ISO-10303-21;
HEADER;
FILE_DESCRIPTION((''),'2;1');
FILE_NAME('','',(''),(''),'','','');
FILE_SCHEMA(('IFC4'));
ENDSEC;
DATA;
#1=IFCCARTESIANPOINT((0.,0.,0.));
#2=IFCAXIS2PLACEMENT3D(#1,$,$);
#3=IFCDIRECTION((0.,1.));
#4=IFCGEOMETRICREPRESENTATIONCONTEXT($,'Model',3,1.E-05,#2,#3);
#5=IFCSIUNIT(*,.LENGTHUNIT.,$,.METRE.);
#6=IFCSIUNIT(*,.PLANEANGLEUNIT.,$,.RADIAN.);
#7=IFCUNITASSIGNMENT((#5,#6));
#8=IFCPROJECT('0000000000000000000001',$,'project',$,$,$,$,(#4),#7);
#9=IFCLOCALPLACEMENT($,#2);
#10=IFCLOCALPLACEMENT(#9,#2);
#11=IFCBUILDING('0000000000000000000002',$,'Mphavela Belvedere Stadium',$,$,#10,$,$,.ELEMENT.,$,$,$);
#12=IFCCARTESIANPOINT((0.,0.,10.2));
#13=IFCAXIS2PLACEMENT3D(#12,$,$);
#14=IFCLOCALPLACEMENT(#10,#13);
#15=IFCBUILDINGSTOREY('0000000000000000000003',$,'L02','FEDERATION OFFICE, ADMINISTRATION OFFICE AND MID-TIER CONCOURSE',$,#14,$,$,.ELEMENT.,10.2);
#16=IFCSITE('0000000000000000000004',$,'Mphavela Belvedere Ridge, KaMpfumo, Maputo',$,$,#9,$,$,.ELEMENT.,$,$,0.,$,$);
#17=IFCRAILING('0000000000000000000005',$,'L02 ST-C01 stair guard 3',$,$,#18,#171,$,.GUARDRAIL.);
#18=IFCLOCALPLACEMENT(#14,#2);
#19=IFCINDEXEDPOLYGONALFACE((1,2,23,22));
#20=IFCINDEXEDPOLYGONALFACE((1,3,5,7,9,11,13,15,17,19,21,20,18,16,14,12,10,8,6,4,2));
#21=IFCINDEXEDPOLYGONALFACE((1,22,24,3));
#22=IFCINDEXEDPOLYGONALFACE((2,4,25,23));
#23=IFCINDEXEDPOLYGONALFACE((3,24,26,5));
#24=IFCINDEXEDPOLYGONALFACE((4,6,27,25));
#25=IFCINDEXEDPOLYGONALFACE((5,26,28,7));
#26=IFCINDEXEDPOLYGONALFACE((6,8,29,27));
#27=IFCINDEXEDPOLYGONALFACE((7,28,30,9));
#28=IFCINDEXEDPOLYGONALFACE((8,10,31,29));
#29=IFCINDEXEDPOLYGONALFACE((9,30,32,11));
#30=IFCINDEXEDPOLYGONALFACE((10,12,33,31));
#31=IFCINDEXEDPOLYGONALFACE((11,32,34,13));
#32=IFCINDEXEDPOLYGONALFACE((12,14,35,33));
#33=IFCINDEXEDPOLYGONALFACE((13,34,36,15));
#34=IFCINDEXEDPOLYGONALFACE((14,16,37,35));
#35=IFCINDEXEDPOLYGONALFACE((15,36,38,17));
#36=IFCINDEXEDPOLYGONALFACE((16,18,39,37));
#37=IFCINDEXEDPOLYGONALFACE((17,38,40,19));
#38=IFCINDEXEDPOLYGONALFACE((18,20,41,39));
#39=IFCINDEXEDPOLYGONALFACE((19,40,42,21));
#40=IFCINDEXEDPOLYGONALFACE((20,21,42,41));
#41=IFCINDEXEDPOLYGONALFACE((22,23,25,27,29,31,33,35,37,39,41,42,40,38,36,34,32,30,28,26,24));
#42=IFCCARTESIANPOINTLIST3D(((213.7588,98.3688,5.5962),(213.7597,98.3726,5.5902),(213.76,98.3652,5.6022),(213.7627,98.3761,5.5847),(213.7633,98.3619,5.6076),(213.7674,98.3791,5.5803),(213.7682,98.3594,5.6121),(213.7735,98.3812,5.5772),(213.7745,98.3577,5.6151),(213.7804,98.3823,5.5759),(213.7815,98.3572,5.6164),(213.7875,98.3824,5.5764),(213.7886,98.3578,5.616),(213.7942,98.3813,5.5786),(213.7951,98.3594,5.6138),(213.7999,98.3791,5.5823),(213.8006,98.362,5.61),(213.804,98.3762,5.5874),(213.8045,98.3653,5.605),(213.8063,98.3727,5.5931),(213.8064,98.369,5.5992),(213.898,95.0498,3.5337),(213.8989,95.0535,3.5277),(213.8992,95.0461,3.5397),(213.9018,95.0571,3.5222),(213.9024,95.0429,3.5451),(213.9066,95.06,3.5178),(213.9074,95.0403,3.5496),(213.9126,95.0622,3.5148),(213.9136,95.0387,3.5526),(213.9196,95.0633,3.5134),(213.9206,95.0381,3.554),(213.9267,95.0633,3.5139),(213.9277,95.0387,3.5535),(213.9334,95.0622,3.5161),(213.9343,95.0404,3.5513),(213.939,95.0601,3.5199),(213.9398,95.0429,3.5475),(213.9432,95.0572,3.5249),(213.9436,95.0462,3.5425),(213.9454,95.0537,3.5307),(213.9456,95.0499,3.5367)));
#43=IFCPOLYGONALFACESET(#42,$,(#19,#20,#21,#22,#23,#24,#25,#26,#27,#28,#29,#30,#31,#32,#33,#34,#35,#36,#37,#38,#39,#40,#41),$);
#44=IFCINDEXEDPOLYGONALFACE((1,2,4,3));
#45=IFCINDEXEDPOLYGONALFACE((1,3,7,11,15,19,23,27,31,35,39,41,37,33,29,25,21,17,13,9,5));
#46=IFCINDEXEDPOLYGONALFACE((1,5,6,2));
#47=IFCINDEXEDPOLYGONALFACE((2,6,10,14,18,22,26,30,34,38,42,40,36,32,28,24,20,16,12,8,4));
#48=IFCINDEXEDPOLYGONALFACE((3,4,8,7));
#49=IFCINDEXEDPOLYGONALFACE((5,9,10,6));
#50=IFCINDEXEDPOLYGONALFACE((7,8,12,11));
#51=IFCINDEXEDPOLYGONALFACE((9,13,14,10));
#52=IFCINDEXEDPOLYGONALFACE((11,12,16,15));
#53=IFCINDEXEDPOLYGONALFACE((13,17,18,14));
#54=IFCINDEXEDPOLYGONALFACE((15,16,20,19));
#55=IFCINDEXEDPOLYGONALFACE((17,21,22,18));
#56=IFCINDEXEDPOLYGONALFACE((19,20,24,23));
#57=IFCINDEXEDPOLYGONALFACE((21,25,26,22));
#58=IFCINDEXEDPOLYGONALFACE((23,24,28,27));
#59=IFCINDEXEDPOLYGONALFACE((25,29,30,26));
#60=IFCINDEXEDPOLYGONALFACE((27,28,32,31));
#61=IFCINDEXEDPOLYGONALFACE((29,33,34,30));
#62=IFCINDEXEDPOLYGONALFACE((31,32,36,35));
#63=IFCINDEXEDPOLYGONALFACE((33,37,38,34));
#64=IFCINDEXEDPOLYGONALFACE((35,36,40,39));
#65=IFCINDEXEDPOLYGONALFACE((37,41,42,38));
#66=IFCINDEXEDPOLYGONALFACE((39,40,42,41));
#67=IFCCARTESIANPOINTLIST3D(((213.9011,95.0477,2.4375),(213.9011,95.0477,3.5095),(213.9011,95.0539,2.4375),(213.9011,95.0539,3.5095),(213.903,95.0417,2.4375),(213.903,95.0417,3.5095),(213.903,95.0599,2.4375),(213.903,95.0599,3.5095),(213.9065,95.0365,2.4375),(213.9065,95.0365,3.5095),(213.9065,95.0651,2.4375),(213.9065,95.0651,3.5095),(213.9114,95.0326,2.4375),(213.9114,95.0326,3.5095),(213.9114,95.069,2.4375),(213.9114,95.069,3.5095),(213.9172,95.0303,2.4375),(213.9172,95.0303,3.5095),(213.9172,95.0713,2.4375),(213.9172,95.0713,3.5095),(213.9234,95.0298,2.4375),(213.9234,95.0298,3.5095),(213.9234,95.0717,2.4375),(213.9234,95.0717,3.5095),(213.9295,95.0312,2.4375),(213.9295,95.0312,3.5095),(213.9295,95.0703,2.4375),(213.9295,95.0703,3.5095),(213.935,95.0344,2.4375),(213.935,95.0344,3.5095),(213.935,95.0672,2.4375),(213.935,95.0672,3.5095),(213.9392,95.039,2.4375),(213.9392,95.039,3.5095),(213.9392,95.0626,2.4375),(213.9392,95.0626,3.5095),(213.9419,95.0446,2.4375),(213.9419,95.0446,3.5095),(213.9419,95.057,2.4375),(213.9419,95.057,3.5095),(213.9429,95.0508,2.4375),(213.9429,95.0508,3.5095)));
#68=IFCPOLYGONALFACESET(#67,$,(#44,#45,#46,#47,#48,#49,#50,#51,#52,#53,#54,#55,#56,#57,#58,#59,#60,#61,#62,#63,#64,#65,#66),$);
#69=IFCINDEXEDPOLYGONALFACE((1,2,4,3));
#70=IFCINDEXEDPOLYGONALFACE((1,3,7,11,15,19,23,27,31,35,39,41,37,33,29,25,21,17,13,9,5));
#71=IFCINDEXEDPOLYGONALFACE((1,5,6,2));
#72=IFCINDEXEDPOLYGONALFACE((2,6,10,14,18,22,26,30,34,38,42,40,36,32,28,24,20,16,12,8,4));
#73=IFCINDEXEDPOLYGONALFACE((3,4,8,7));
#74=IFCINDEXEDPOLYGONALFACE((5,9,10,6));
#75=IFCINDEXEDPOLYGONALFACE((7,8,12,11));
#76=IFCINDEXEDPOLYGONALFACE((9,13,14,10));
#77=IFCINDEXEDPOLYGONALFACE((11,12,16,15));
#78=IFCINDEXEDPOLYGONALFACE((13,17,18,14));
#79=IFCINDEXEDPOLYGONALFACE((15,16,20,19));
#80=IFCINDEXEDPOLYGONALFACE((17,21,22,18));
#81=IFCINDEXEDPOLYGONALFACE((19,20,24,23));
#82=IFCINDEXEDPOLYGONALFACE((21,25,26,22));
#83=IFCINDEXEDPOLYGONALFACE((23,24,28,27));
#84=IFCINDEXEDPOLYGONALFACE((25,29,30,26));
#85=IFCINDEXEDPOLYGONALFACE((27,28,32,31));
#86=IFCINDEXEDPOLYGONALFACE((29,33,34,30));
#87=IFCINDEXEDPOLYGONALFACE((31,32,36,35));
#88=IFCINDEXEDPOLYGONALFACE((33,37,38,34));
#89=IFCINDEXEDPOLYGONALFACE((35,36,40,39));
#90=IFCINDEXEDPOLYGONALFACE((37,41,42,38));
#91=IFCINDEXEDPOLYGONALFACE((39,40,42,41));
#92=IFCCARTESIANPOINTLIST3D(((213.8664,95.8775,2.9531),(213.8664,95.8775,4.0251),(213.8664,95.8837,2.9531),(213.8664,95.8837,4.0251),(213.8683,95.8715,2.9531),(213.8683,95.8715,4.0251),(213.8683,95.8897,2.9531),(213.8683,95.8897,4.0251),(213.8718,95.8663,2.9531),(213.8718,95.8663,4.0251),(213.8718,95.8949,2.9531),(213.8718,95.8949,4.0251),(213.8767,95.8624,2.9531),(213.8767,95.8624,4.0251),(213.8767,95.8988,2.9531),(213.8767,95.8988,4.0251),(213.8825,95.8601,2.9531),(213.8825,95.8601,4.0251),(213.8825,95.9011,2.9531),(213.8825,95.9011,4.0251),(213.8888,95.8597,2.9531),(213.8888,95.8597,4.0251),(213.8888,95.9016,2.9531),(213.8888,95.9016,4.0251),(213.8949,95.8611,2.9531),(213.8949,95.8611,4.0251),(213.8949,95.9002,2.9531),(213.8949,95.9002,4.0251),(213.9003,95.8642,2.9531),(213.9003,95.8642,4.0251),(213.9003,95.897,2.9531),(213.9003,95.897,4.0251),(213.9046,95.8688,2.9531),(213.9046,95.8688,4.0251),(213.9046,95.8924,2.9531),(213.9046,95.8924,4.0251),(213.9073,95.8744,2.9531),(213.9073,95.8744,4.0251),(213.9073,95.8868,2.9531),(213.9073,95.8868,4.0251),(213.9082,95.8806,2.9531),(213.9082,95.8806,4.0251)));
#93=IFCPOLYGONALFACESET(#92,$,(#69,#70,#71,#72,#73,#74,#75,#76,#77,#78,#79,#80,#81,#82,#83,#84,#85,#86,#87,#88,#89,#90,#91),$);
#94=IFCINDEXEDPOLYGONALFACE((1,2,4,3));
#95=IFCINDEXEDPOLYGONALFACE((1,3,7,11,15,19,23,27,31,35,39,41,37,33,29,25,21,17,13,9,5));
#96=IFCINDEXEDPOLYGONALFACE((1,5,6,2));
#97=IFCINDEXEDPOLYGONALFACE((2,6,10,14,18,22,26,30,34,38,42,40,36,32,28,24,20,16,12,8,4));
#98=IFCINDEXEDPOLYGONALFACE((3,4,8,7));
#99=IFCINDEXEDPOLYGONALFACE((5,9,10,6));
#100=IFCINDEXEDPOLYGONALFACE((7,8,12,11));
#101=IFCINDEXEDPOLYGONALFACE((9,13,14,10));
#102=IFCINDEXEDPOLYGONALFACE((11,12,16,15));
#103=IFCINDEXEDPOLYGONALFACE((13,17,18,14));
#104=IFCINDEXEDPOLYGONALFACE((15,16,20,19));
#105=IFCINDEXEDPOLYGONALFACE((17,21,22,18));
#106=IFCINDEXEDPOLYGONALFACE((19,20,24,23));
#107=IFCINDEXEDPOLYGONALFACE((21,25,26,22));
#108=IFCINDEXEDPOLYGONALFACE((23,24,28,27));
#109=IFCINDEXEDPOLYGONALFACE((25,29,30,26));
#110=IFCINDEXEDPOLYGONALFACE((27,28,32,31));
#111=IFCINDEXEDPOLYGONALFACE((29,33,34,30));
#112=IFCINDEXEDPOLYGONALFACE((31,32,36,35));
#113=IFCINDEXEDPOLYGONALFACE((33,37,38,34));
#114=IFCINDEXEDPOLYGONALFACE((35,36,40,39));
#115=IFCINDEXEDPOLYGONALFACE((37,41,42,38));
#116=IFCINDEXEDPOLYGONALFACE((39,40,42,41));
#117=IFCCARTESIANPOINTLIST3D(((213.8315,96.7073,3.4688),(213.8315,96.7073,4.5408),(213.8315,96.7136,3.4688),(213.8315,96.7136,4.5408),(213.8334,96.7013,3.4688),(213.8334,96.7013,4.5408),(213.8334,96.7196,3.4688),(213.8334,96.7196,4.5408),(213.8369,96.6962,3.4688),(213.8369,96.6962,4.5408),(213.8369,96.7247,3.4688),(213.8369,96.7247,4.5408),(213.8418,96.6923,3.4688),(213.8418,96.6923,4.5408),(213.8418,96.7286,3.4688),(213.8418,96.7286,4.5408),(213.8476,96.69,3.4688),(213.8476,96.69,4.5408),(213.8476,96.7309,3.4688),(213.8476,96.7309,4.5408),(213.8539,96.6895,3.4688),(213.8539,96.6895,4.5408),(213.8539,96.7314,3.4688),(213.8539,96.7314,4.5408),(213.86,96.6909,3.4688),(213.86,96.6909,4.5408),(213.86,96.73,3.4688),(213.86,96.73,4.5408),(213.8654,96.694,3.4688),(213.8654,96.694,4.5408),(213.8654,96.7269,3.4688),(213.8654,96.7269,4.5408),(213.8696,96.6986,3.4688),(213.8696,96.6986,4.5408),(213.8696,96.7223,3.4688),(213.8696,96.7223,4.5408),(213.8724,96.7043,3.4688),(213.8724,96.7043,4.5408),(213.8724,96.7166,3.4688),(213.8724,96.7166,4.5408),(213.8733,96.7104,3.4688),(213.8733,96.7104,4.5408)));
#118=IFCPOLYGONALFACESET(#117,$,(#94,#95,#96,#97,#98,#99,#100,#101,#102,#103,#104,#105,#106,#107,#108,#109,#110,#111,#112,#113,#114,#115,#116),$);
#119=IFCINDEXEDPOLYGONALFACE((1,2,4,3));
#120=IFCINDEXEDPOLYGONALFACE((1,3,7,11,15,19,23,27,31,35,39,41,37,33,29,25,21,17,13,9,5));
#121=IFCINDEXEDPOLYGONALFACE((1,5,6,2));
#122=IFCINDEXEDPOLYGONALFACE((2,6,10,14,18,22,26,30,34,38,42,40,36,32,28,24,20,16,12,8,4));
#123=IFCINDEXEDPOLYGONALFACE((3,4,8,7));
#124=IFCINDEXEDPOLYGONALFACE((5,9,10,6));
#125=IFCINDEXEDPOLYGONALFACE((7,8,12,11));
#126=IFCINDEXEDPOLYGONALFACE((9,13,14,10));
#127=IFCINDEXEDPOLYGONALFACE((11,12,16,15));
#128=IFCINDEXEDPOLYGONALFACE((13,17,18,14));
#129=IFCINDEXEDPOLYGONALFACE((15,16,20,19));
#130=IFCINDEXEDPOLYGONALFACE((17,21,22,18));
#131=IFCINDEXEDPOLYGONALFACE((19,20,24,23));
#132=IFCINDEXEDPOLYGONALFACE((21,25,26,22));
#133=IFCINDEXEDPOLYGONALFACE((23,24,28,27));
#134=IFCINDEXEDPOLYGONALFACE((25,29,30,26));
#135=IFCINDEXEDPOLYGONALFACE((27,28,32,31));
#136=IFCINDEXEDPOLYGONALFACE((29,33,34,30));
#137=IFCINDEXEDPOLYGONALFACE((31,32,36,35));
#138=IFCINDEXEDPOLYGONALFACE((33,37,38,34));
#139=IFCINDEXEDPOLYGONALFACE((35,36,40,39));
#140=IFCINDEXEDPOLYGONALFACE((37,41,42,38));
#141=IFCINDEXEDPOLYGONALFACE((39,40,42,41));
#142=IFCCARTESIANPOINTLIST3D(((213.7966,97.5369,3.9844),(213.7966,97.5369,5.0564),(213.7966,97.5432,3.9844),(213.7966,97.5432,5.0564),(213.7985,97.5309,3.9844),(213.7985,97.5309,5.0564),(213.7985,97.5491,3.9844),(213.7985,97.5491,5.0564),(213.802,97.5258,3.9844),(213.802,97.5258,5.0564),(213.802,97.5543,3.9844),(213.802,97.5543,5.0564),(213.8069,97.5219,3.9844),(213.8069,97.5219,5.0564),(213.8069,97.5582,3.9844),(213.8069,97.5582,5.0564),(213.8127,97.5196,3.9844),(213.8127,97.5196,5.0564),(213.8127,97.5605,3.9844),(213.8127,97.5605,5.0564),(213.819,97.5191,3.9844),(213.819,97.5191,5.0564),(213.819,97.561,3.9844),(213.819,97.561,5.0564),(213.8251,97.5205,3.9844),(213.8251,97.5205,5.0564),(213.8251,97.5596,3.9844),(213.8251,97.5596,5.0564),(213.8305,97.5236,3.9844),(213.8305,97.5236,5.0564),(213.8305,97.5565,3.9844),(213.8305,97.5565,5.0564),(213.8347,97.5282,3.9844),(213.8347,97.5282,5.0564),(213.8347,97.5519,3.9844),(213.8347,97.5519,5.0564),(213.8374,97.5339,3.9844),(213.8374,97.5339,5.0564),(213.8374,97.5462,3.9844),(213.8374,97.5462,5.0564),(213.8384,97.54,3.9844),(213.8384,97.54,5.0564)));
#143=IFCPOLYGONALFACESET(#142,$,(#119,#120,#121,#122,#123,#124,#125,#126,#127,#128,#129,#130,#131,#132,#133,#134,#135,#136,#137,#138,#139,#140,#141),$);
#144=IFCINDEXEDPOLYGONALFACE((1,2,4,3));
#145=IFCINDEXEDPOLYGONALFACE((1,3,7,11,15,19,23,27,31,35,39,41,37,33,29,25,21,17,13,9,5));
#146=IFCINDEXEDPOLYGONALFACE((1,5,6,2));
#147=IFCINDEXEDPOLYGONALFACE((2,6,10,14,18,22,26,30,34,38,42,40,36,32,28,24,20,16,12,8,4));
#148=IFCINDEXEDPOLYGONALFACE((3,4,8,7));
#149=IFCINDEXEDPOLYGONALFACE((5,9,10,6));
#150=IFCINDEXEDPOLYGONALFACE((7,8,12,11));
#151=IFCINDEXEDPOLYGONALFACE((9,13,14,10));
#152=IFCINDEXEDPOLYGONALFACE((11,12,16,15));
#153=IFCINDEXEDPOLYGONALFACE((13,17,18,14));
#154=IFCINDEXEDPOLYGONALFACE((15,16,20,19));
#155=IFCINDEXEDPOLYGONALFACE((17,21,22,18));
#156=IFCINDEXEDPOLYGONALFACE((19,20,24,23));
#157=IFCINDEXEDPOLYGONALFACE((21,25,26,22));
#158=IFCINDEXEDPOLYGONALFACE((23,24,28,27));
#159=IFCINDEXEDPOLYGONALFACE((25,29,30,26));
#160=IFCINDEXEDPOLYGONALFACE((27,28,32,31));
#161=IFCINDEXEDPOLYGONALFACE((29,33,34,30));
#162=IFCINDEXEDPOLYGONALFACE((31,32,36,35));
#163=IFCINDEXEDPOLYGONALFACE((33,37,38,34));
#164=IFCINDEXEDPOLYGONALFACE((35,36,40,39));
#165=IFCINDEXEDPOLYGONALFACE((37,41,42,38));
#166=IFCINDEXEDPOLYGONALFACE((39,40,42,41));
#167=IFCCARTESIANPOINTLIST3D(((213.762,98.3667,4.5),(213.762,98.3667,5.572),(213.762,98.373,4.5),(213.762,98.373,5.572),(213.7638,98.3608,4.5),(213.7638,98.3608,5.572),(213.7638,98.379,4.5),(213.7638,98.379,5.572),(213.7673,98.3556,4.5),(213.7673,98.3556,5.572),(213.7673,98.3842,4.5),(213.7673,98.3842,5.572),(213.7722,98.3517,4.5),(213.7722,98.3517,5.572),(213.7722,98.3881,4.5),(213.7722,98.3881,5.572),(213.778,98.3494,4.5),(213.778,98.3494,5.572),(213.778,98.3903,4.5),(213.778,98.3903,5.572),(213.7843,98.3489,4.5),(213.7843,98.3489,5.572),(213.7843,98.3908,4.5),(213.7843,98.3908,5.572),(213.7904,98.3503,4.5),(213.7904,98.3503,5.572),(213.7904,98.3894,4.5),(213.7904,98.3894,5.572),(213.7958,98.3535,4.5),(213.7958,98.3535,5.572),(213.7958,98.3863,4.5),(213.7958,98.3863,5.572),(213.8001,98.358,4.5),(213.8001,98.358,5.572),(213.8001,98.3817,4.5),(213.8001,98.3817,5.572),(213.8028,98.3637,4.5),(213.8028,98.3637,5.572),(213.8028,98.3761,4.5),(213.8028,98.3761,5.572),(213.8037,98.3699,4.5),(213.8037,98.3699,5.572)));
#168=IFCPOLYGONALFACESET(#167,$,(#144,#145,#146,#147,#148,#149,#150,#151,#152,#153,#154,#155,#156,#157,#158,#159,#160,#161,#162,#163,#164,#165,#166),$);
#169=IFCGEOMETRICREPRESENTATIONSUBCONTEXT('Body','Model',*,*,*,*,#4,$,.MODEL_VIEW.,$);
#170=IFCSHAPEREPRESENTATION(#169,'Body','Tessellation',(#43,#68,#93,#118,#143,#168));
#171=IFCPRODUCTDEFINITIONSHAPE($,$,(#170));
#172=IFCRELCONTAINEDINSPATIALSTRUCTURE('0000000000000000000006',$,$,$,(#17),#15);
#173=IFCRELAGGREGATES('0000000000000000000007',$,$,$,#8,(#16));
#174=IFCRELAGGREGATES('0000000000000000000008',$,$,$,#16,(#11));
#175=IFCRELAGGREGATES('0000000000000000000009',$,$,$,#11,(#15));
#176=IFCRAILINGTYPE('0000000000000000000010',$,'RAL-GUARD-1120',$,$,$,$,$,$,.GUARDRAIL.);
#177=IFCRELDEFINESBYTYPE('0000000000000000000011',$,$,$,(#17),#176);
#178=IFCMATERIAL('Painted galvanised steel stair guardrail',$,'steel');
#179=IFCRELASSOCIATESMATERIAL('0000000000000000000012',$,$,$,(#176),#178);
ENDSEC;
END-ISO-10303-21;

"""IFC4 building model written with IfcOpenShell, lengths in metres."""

from ifc_helpers import new_model, si_unit, direction, frame, origin, origin_2d, place, context, subcontext, project, spatial, circle, extrude, material, type_object, element, save


model = new_model("IFC4")

# Units and contexts
model_context = context("Model", 3, precision=1e-05, world=origin(), true_north=direction((0.0, 1.0)))
body_context = subcontext(model_context, "Body", "Model", "MODEL_VIEW")
ifc_project = project(units=[si_unit("LENGTHUNIT", "METRE"), si_unit("PLANEANGLEUNIT", "RADIAN")], contexts=[model_context])

# Site, building, storey
site_placement = place(None, origin())
site = spatial("IfcSite", under=ifc_project, at=site_placement, Name="Mphavela Belvedere Ridge, KaMpfumo, Maputo", CompositionType="ELEMENT", RefElevation=0.0)
building_placement = place(site_placement, origin())
building = spatial("IfcBuilding", under=site, at=building_placement, Name="Mphavela Belvedere Stadium", CompositionType="ELEMENT")
storey_placement = place(building_placement, frame((0.0, 0.0, 10.2)))
storey = spatial("IfcBuildingStorey", under=building, at=storey_placement, Name="L02", Description="FEDERATION OFFICE, ADMINISTRATION OFFICE AND MID-TIER CONCOURSE", CompositionType="ELEMENT", Elevation=10.2)

# Railing
ifc_material_1 = material(Name="Painted galvanised steel stair guardrail", Category="steel")
railing_type_1 = type_object("IfcRailingType", Name="RAL-GUARD-1120", PredefinedType="GUARDRAIL", material=ifc_material_1)
railing_1_placement = place(storey_placement, frame((213.9219, 95.0508, 2.4375)))
element("IfcRailing", 1, at=railing_1_placement, inside=storey, type_object=railing_type_1, Name="L02 ST-C01 stair guard 3", PredefinedType="GUARDRAIL", context=body_context, shape_type="SweptSolid", body=[
    extrude(circle(Radius=0.0239, at=origin_2d()), frame((0.0, 0.0, 1.0962), z_axis=(-0.035589, 0.84883, 0.527467), x_axis=(-0.999122, -0.04189, 0.0)), (0.0, 0.0, 1.0), 3.9102),
    extrude(circle(Radius=0.021, at=origin_2d()), origin(), (0.0, 0.0, 1.0), 1.072),
    extrude(circle(Radius=0.021, at=origin_2d()), frame((-0.0347, 0.8298, 0.5156)), (0.0, 0.0, 1.0), 1.072),
    extrude(circle(Radius=0.021, at=origin_2d()), frame((-0.0696, 1.6597, 1.0312)), (0.0, 0.0, 1.0), 1.072),
    extrude(circle(Radius=0.021, at=origin_2d()), frame((-0.1045, 2.4893, 1.5469)), (0.0, 0.0, 1.0), 1.072),
    extrude(circle(Radius=0.021, at=origin_2d()), frame((-0.1392, 3.3191, 2.0625)), (0.0, 0.0, 1.0), 1.072),
])

save(model, "model.ifc")
